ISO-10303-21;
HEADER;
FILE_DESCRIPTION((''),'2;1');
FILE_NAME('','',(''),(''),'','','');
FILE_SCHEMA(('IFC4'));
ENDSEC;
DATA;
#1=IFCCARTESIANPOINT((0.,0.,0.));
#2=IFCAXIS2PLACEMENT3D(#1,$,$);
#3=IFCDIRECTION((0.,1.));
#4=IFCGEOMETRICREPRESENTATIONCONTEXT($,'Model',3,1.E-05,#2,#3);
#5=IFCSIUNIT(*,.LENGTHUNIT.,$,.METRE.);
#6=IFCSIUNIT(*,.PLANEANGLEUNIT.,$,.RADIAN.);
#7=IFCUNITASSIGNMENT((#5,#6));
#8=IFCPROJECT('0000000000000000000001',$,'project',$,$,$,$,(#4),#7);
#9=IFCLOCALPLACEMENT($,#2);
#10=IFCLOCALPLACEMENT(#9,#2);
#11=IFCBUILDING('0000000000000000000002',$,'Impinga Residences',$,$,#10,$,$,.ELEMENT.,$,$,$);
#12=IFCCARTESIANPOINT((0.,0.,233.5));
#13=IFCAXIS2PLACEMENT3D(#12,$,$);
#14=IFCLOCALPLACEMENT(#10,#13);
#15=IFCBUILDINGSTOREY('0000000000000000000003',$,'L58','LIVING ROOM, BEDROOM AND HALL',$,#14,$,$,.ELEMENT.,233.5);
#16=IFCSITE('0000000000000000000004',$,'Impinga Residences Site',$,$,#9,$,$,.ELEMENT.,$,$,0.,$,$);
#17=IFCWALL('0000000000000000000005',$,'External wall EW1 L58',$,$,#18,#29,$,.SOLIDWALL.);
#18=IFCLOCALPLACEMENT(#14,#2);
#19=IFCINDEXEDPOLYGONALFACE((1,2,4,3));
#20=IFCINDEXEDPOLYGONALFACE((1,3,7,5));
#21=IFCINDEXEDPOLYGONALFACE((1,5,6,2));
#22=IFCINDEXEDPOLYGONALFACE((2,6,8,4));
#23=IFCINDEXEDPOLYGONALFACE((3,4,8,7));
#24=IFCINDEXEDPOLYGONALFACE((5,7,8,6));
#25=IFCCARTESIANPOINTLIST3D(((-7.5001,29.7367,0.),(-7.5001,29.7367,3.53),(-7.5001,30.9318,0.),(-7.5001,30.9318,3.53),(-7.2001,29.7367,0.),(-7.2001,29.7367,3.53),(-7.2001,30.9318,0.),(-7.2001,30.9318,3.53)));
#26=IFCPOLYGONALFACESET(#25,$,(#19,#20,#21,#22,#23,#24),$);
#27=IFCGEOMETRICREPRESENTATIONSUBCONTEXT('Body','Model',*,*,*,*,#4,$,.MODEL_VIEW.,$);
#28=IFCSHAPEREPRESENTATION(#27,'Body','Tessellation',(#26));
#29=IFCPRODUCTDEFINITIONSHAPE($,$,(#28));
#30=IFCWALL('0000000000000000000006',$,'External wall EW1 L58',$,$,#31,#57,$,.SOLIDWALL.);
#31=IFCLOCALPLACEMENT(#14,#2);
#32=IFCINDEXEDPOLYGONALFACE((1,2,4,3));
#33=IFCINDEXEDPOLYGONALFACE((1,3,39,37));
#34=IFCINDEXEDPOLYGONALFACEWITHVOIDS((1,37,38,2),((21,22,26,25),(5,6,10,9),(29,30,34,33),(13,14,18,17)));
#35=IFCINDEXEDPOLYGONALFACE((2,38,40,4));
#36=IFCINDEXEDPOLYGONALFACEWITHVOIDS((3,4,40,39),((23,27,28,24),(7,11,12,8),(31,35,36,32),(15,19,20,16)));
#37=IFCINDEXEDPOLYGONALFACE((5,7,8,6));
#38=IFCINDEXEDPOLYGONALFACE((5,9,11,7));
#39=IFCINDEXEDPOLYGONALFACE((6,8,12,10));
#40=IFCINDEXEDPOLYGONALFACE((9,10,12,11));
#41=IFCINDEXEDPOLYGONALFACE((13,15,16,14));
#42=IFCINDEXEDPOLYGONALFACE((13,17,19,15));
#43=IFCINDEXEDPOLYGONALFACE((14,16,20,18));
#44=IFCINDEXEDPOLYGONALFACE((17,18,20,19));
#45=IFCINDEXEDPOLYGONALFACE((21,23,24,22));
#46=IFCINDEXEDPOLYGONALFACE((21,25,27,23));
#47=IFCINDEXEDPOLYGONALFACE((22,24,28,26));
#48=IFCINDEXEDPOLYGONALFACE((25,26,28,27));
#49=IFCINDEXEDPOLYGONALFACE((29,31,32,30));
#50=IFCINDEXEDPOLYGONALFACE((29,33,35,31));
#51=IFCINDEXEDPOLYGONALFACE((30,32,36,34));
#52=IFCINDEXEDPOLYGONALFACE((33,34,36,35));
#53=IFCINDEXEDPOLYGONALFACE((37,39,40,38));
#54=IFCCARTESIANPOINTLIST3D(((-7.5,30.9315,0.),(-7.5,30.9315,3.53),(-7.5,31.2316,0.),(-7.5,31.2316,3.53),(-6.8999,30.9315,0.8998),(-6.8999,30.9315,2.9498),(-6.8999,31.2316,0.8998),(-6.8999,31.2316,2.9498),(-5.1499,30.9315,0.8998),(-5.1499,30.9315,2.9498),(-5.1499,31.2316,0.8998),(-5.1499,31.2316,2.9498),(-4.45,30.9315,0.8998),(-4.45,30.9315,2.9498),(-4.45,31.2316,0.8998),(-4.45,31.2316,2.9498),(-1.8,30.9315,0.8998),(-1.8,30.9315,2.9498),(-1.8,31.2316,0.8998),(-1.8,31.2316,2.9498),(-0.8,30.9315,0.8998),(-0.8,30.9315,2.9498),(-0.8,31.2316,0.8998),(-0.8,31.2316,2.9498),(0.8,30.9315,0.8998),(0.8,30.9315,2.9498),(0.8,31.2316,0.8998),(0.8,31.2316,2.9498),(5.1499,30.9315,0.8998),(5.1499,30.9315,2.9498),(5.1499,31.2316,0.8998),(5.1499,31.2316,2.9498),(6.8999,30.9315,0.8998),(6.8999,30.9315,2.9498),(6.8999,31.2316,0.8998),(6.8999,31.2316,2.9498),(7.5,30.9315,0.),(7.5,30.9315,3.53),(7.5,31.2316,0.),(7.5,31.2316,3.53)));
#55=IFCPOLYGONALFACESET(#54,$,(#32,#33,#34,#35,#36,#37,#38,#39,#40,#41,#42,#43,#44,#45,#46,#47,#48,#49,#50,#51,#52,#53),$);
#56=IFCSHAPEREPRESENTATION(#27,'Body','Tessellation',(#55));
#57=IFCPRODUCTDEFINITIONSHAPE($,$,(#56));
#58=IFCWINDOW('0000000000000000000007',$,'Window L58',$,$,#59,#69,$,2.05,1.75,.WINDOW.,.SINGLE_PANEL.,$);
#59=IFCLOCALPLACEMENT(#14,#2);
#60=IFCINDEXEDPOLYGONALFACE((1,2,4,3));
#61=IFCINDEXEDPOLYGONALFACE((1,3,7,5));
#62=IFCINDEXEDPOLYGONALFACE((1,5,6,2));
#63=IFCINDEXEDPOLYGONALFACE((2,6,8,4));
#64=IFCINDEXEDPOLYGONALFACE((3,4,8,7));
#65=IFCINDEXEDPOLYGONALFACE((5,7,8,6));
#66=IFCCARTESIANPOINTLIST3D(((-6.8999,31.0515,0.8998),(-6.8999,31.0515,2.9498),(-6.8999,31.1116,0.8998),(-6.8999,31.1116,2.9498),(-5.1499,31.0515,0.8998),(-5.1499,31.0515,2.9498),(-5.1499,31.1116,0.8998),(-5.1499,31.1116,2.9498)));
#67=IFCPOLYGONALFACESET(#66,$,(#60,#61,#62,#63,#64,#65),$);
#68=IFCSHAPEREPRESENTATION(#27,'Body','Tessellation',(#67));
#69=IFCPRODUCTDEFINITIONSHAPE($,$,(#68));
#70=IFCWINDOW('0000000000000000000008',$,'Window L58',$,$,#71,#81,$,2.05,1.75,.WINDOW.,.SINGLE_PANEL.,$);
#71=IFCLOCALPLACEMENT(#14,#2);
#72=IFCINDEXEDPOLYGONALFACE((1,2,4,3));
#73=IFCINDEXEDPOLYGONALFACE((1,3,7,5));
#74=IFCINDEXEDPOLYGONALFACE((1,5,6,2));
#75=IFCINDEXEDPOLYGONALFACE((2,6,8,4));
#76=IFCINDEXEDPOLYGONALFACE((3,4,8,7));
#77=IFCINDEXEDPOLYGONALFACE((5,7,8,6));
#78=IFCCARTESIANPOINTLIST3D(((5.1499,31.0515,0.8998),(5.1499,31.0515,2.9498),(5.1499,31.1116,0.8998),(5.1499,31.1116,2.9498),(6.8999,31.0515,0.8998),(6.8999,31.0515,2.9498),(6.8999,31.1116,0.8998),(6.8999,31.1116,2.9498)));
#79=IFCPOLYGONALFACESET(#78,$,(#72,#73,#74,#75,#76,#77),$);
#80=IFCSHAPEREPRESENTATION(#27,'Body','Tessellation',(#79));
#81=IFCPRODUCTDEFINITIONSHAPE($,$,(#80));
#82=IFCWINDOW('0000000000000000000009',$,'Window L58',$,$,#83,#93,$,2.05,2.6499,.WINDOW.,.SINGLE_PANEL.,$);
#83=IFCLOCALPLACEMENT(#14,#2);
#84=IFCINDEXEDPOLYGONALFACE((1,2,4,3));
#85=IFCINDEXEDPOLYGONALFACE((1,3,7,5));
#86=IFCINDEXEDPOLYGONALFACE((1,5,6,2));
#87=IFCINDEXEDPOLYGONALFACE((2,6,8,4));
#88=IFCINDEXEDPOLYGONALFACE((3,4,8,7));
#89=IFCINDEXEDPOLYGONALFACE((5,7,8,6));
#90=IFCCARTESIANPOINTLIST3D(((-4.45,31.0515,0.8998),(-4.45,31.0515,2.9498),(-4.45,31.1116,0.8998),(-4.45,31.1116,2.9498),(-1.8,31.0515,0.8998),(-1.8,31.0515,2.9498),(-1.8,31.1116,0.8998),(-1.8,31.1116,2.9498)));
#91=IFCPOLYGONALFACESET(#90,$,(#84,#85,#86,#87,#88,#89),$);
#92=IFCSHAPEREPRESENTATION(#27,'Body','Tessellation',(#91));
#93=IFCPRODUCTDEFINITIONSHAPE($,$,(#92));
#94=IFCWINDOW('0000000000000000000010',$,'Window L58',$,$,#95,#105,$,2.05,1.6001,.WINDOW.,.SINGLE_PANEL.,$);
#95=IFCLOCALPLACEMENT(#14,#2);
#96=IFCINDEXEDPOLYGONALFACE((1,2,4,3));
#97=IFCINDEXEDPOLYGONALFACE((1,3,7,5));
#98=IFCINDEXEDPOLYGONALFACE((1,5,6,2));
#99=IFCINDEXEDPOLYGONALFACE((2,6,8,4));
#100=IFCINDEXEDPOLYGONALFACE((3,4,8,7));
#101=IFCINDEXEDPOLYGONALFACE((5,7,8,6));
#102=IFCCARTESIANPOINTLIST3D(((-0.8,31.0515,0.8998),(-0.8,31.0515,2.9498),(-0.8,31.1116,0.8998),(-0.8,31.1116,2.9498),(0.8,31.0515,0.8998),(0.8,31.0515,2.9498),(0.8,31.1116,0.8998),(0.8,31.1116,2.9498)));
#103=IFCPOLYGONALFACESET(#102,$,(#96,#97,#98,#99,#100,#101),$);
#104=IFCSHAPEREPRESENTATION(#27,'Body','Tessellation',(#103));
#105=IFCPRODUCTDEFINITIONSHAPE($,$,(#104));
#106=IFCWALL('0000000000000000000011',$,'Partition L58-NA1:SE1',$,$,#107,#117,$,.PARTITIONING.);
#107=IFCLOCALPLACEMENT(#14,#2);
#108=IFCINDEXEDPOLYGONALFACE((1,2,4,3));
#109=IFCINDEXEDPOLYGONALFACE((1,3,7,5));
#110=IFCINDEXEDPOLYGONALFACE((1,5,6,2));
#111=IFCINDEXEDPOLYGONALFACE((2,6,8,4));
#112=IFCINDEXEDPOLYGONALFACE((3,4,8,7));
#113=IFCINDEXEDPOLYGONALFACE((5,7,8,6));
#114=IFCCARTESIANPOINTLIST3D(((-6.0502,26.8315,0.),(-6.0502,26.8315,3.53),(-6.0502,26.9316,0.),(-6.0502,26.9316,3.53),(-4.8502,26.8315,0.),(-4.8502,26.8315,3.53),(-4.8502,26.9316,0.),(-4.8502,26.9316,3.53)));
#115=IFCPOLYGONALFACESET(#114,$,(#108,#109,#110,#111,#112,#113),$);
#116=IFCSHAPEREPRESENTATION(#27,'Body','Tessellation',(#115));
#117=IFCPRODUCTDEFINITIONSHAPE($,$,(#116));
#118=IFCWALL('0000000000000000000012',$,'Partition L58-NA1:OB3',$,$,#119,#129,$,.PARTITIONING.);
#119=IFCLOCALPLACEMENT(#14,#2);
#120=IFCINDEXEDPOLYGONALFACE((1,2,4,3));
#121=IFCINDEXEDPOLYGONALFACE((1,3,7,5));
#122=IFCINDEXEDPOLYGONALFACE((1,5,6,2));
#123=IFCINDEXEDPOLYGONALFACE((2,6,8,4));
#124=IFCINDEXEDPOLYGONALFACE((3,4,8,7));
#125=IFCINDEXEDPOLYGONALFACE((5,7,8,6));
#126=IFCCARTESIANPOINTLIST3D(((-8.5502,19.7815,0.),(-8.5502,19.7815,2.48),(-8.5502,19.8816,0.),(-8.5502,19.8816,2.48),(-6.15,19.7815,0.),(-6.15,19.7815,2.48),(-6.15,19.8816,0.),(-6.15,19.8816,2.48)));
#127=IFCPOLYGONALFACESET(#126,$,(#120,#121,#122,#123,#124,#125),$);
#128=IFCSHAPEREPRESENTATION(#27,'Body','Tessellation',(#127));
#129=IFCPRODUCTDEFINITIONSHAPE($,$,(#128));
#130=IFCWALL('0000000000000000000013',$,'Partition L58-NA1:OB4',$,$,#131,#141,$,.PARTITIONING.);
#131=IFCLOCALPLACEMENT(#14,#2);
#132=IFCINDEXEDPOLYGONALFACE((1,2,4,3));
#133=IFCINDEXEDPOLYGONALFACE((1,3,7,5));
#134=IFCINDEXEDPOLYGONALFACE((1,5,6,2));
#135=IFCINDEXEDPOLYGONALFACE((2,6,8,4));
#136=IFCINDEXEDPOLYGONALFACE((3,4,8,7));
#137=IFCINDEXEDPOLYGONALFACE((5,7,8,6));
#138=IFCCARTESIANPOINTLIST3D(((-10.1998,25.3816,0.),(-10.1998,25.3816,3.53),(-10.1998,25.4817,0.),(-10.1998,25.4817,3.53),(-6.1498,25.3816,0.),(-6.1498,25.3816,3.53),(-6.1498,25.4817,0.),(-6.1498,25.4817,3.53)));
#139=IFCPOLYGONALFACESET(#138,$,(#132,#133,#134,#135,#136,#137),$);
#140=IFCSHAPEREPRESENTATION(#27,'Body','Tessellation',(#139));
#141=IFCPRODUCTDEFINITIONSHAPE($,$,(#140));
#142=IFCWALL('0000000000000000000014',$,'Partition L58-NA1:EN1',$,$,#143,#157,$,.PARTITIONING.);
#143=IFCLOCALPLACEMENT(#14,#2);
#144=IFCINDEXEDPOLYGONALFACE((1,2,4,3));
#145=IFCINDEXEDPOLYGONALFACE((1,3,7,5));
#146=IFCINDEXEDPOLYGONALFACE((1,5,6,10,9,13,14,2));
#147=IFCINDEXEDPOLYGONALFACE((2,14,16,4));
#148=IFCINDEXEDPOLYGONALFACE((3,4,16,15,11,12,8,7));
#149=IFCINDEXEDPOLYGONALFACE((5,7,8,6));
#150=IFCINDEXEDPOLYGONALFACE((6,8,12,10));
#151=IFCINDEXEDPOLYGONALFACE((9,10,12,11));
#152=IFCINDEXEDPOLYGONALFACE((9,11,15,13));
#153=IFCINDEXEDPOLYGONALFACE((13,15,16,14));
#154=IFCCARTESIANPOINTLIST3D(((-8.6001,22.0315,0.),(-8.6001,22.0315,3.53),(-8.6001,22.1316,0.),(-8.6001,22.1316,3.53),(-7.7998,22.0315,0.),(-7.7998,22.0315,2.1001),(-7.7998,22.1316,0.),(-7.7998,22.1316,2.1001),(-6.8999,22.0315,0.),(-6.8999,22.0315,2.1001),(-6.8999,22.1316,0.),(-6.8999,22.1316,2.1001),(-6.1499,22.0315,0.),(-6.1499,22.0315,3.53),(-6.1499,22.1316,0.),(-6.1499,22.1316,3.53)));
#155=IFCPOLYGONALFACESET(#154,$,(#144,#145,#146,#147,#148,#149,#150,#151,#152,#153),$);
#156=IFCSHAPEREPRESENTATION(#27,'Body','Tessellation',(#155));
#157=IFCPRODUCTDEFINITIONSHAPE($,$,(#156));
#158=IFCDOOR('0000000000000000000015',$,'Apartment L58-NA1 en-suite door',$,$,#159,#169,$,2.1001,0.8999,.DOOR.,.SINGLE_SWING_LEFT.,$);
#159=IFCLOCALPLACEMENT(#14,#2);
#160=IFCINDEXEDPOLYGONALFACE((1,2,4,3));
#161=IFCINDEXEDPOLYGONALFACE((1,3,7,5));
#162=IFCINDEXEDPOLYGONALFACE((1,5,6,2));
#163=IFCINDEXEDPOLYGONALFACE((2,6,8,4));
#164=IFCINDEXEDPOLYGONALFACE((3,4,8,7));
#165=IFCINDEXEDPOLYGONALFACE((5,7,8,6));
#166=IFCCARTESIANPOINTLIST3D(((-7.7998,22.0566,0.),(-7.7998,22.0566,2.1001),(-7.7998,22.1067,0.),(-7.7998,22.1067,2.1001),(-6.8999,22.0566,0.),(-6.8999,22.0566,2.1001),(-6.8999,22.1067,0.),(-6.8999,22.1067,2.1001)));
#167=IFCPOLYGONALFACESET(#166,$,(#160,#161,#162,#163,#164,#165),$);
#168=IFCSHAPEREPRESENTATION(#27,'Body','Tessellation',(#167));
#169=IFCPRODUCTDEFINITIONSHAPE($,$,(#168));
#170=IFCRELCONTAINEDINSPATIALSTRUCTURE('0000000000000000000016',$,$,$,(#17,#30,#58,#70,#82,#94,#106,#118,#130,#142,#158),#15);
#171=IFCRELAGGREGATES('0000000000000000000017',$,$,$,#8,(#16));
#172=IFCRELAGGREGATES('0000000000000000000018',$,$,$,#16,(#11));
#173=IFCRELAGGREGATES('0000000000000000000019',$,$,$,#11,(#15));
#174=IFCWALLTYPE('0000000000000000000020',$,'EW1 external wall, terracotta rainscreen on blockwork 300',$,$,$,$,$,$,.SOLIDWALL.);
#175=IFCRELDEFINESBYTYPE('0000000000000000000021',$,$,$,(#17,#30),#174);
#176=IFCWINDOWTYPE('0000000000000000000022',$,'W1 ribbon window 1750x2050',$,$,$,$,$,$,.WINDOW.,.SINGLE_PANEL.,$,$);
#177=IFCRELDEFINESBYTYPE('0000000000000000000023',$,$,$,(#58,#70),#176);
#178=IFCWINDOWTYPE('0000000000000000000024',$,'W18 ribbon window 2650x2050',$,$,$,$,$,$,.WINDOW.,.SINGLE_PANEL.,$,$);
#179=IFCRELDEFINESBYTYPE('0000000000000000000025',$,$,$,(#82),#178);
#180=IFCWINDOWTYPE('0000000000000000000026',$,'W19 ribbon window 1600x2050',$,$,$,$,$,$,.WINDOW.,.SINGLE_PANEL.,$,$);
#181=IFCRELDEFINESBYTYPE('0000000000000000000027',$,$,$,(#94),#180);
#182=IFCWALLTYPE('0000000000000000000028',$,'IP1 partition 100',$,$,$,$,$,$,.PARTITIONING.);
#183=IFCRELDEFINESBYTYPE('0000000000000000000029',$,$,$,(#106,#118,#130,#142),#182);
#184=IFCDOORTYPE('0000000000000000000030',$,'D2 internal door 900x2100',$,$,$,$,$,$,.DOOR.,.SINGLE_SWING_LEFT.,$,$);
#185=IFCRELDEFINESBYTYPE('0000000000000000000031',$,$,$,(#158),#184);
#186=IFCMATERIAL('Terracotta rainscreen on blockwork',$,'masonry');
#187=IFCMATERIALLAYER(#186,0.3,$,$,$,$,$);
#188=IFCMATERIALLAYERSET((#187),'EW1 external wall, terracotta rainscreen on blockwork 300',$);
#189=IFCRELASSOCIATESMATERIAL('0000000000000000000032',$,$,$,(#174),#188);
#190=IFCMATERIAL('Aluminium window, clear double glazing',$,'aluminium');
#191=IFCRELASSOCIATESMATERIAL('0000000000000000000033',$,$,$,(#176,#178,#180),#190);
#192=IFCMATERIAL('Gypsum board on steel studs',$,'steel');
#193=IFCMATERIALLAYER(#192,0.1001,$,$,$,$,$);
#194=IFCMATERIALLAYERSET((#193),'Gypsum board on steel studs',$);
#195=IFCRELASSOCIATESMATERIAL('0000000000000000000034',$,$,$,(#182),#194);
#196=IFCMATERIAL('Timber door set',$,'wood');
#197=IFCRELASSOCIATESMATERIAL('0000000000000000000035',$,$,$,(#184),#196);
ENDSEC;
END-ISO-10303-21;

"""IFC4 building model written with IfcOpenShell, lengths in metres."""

from ifc_helpers import new_model, si_unit, direction, frame, frame_2d, origin, place, context, subcontext, project, spatial, rectangle, extrude, material, layer, layer_set, type_object, element, fill, save


model = new_model("IFC4")

# Units and contexts
model_context = context("Model", 3, precision=1e-05, world=origin(), true_north=direction((0.0, 1.0)))
body_context = subcontext(model_context, "Body", "Model", "MODEL_VIEW")
ifc_project = project(units=[si_unit("LENGTHUNIT", "METRE"), si_unit("PLANEANGLEUNIT", "RADIAN")], contexts=[model_context])

# Site, building, storey
site_placement = place(None, origin())
site = spatial("IfcSite", under=ifc_project, at=site_placement, Name="Impinga Residences Site", CompositionType="ELEMENT", RefElevation=0.0)
building_placement = place(site_placement, origin())
building = spatial("IfcBuilding", under=site, at=building_placement, Name="Impinga Residences", CompositionType="ELEMENT")
storey_placement = place(building_placement, frame((0.0, 0.0, 233.5)))
storey = spatial("IfcBuildingStorey", under=building, at=storey_placement, Name="L58", Description="LIVING ROOM, BEDROOM AND HALL", CompositionType="ELEMENT", Elevation=233.5)

# Shared definitions
ifc_material_1 = material(Name="Timber door set", Category="wood")

# Wall
ifc_material_2 = material(Name="Terracotta rainscreen on blockwork", Category="masonry")
ifc_layer_1 = layer(ifc_material_2, 0.3)
ifc_layer_set_1 = layer_set([ifc_layer_1], Name="EW1 external wall, terracotta rainscreen on blockwork 300")
wall_type_1 = type_object("IfcWallType", Name="EW1 external wall, terracotta rainscreen on blockwork 300", PredefinedType="SOLIDWALL", material=ifc_layer_set_1)
wall_1_placement = place(storey_placement, frame((-7.3501, 29.7366, 0.0), z_axis=(0.0, 0.0, 1.0), x_axis=(0.0, 1.0, 0.0)))
element("IfcWall", 1, at=wall_1_placement, inside=storey, type_object=wall_type_1, Name="External wall EW1 L58", PredefinedType="SOLIDWALL", context=body_context, shape_type="SweptSolid", body=[
    extrude(rectangle(XDim=1.1951, YDim=0.3, at=frame_2d((0.5977, 0.0))), origin(), (0.0, 0.0, 1.0), 3.53),
])

# Wall, openings, windows
wall_2_placement = place(storey_placement, frame((-7.5, 31.0815, 0.0), z_axis=(0.0, 0.0, 1.0), x_axis=(1.0, 0.0, 0.0)))
wall_2 = element("IfcWall", 2, at=wall_2_placement, inside=storey, type_object=wall_type_1, Name="External wall EW1 L58", PredefinedType="SOLIDWALL", context=body_context, shape_type="SweptSolid", body=[
    extrude(rectangle(XDim=15.0, YDim=0.3, at=frame_2d((7.5, 0.0))), origin(), (0.0, 0.0, 1.0), 3.53),
])
opening_1_placement = place(wall_2_placement, frame((0.6001, 0.0, 0.8999)))
opening_1 = element("IfcOpeningElement", 3, at=opening_1_placement, cuts=wall_2, PredefinedType="OPENING", context=body_context, shape_type="SweptSolid", body=[
    extrude(rectangle(XDim=1.75, YDim=2.05, at=frame_2d((0.875, 1.0249))), frame((0.0, 0.1599, 0.0), z_axis=(0.0, -1.0, 0.0), x_axis=(1.0, 0.0, 0.0)), (0.0, 0.0, 1.0), 0.3201),
])
opening_2_placement = place(wall_2_placement, frame((3.05, 0.0, 0.8999)))
opening_2 = element("IfcOpeningElement", 4, at=opening_2_placement, cuts=wall_2, PredefinedType="OPENING", context=body_context, shape_type="SweptSolid", body=[
    extrude(rectangle(XDim=2.6499, YDim=2.05, at=frame_2d((1.325, 1.0249))), frame((0.0, 0.1599, 0.0), z_axis=(0.0, -1.0, 0.0), x_axis=(1.0, 0.0, 0.0)), (0.0, 0.0, 1.0), 0.3201),
])
opening_3_placement = place(wall_2_placement, frame((6.7, 0.0, 0.8999)))
opening_3 = element("IfcOpeningElement", 5, at=opening_3_placement, cuts=wall_2, PredefinedType="OPENING", context=body_context, shape_type="SweptSolid", body=[
    extrude(rectangle(XDim=1.6001, YDim=2.05, at=frame_2d((0.8, 1.0249))), frame((0.0, 0.1599, 0.0), z_axis=(0.0, -1.0, 0.0), x_axis=(1.0, 0.0, 0.0)), (0.0, 0.0, 1.0), 0.3201),
])
opening_4_placement = place(wall_2_placement, frame((12.6499, 0.0, 0.8999)))
opening_4 = element("IfcOpeningElement", 6, at=opening_4_placement, cuts=wall_2, PredefinedType="OPENING", context=body_context, shape_type="SweptSolid", body=[
    extrude(rectangle(XDim=1.75, YDim=2.05, at=frame_2d((0.875, 1.0249))), frame((0.0, 0.1599, 0.0), z_axis=(0.0, -1.0, 0.0), x_axis=(1.0, 0.0, 0.0)), (0.0, 0.0, 1.0), 0.3201),
])
ifc_material_3 = material(Name="Aluminium window, clear double glazing", Category="aluminium")
window_type_1 = type_object("IfcWindowType", Name="W1 ribbon window 1750x2050", PartitioningType="SINGLE_PANEL", PredefinedType="WINDOW", material=ifc_material_3)
window_1_placement = place(opening_1_placement, origin())
window_1 = element("IfcWindow", 7, at=window_1_placement, inside=storey, type_object=window_type_1, Name="Window L58", OverallHeight=2.05, OverallWidth=1.75, PartitioningType="SINGLE_PANEL", PredefinedType="WINDOW", context=body_context, shape_type="SweptSolid", body=[
    extrude(rectangle(XDim=1.75, YDim=2.05, at=frame_2d((0.875, 1.0249))), frame((0.0, 0.03, 0.0), z_axis=(0.0, -1.0, 0.0), x_axis=(1.0, 0.0, 0.0)), (0.0, 0.0, 1.0), 0.0601),
])
fill(opening_1, window_1)
window_2_placement = place(opening_4_placement, origin())
window_2 = element("IfcWindow", 8, at=window_2_placement, inside=storey, type_object=window_type_1, Name="Window L58", OverallHeight=2.05, OverallWidth=1.75, PartitioningType="SINGLE_PANEL", PredefinedType="WINDOW", context=body_context, shape_type="SweptSolid", body=[
    extrude(rectangle(XDim=1.75, YDim=2.05, at=frame_2d((0.875, 1.0249))), frame((0.0, 0.03, 0.0), z_axis=(0.0, -1.0, 0.0), x_axis=(1.0, 0.0, 0.0)), (0.0, 0.0, 1.0), 0.0601),
])
fill(opening_4, window_2)
window_type_2 = type_object("IfcWindowType", Name="W18 ribbon window 2650x2050", PartitioningType="SINGLE_PANEL", PredefinedType="WINDOW", material=ifc_material_3)
window_3_placement = place(opening_2_placement, origin())
window_3 = element("IfcWindow", 9, at=window_3_placement, inside=storey, type_object=window_type_2, Name="Window L58", OverallHeight=2.05, OverallWidth=2.6499, PartitioningType="SINGLE_PANEL", PredefinedType="WINDOW", context=body_context, shape_type="SweptSolid", body=[
    extrude(rectangle(XDim=2.6499, YDim=2.05, at=frame_2d((1.325, 1.0249))), frame((0.0, 0.03, 0.0), z_axis=(0.0, -1.0, 0.0), x_axis=(1.0, 0.0, 0.0)), (0.0, 0.0, 1.0), 0.0601),
])
fill(opening_2, window_3)
window_type_3 = type_object("IfcWindowType", Name="W19 ribbon window 1600x2050", PartitioningType="SINGLE_PANEL", PredefinedType="WINDOW", material=ifc_material_3)
window_4_placement = place(opening_3_placement, origin())
window_4 = element("IfcWindow", 10, at=window_4_placement, inside=storey, type_object=window_type_3, Name="Window L58", OverallHeight=2.05, OverallWidth=1.6001, PartitioningType="SINGLE_PANEL", PredefinedType="WINDOW", context=body_context, shape_type="SweptSolid", body=[
    extrude(rectangle(XDim=1.6001, YDim=2.05, at=frame_2d((0.8, 1.0249))), frame((0.0, 0.03, 0.0), z_axis=(0.0, -1.0, 0.0), x_axis=(1.0, 0.0, 0.0)), (0.0, 0.0, 1.0), 0.0601),
])
fill(opening_3, window_4)

# Walls
ifc_material_4 = material(Name="Gypsum board on steel studs", Category="steel")
ifc_layer_2 = layer(ifc_material_4, 0.1001)
ifc_layer_set_2 = layer_set([ifc_layer_2], Name="Gypsum board on steel studs")
wall_type_2 = type_object("IfcWallType", Name="IP1 partition 100", PredefinedType="PARTITIONING", material=ifc_layer_set_2)
wall_3_placement = place(storey_placement, frame((-4.8501, 26.8816, 0.0), z_axis=(0.0, 0.0, 1.0), x_axis=(-1.0, 0.0, 0.0)))
element("IfcWall", 11, at=wall_3_placement, inside=storey, type_object=wall_type_2, Name="Partition L58-NA1:SE1", PredefinedType="PARTITIONING", context=body_context, shape_type="SweptSolid", body=[
    extrude(rectangle(XDim=1.2, YDim=0.1001, at=frame_2d((0.6001, 0.0))), origin(), (0.0, 0.0, 1.0), 3.53),
])
wall_4_placement = place(storey_placement, frame((-6.1499, 19.8315, 0.0), z_axis=(0.0, 0.0, 1.0), x_axis=(-1.0, 0.0, 0.0)))
element("IfcWall", 12, at=wall_4_placement, inside=storey, type_object=wall_type_2, Name="Partition L58-NA1:OB3", PredefinedType="PARTITIONING", context=body_context, shape_type="SweptSolid", body=[
    extrude(rectangle(XDim=2.4001, YDim=0.1001, at=frame_2d((1.2002, 0.0))), origin(), (0.0, 0.0, 1.0), 2.48),
])
wall_5_placement = place(storey_placement, frame((-6.1499, 25.4316, 0.0), z_axis=(0.0, 0.0, 1.0), x_axis=(-1.0, 0.0, 0.0)))
element("IfcWall", 13, at=wall_5_placement, inside=storey, type_object=wall_type_2, Name="Partition L58-NA1:OB4", PredefinedType="PARTITIONING", context=body_context, shape_type="SweptSolid", body=[
    extrude(rectangle(XDim=4.05, YDim=0.1001, at=frame_2d((2.0249, 0.0))), origin(), (0.0, 0.0, 1.0), 3.53),
])

# Wall, opening, door
wall_6_placement = place(storey_placement, frame((-6.1499, 22.0815, 0.0), z_axis=(0.0, 0.0, 1.0), x_axis=(-1.0, 0.0, 0.0)))
wall_6 = element("IfcWall", 14, at=wall_6_placement, inside=storey, type_object=wall_type_2, Name="Partition L58-NA1:EN1", PredefinedType="PARTITIONING", context=body_context, shape_type="SweptSolid", body=[
    extrude(rectangle(XDim=2.4502, YDim=0.1001, at=frame_2d((1.2251, 0.0))), origin(), (0.0, 0.0, 1.0), 3.53),
])
opening_5_placement = place(wall_6_placement, frame((0.75, 0.0, 0.0)))
opening_5 = element("IfcOpeningElement", 15, at=opening_5_placement, cuts=wall_6, PredefinedType="OPENING", context=body_context, shape_type="SweptSolid", body=[
    extrude(rectangle(XDim=0.8999, YDim=2.1001, at=frame_2d((0.45, 1.05))), frame((0.0, 0.0601, 0.0), z_axis=(0.0, -1.0, 0.0), x_axis=(1.0, 0.0, 0.0)), (0.0, 0.0, 1.0), 0.1201),
])
door_type_1 = type_object("IfcDoorType", Name="D2 internal door 900x2100", OperationType="SINGLE_SWING_LEFT", PredefinedType="DOOR", material=ifc_material_1)
door_1_placement = place(opening_5_placement, origin())
door_1 = element("IfcDoor", 16, at=door_1_placement, inside=storey, type_object=door_type_1, Name="Apartment L58-NA1 en-suite door", OperationType="SINGLE_SWING_LEFT", OverallHeight=2.1001, OverallWidth=0.8999, PredefinedType="DOOR", context=body_context, shape_type="SweptSolid", body=[
    extrude(rectangle(XDim=0.8999, YDim=2.1001, at=frame_2d((0.45, 1.05))), frame((0.0, 0.0249, 0.0), z_axis=(0.0, -1.0, 0.0), x_axis=(1.0, 0.0, 0.0)), (0.0, 0.0, 1.0), 0.05),
])
fill(opening_5, door_1)

save(model, "model.ifc")
